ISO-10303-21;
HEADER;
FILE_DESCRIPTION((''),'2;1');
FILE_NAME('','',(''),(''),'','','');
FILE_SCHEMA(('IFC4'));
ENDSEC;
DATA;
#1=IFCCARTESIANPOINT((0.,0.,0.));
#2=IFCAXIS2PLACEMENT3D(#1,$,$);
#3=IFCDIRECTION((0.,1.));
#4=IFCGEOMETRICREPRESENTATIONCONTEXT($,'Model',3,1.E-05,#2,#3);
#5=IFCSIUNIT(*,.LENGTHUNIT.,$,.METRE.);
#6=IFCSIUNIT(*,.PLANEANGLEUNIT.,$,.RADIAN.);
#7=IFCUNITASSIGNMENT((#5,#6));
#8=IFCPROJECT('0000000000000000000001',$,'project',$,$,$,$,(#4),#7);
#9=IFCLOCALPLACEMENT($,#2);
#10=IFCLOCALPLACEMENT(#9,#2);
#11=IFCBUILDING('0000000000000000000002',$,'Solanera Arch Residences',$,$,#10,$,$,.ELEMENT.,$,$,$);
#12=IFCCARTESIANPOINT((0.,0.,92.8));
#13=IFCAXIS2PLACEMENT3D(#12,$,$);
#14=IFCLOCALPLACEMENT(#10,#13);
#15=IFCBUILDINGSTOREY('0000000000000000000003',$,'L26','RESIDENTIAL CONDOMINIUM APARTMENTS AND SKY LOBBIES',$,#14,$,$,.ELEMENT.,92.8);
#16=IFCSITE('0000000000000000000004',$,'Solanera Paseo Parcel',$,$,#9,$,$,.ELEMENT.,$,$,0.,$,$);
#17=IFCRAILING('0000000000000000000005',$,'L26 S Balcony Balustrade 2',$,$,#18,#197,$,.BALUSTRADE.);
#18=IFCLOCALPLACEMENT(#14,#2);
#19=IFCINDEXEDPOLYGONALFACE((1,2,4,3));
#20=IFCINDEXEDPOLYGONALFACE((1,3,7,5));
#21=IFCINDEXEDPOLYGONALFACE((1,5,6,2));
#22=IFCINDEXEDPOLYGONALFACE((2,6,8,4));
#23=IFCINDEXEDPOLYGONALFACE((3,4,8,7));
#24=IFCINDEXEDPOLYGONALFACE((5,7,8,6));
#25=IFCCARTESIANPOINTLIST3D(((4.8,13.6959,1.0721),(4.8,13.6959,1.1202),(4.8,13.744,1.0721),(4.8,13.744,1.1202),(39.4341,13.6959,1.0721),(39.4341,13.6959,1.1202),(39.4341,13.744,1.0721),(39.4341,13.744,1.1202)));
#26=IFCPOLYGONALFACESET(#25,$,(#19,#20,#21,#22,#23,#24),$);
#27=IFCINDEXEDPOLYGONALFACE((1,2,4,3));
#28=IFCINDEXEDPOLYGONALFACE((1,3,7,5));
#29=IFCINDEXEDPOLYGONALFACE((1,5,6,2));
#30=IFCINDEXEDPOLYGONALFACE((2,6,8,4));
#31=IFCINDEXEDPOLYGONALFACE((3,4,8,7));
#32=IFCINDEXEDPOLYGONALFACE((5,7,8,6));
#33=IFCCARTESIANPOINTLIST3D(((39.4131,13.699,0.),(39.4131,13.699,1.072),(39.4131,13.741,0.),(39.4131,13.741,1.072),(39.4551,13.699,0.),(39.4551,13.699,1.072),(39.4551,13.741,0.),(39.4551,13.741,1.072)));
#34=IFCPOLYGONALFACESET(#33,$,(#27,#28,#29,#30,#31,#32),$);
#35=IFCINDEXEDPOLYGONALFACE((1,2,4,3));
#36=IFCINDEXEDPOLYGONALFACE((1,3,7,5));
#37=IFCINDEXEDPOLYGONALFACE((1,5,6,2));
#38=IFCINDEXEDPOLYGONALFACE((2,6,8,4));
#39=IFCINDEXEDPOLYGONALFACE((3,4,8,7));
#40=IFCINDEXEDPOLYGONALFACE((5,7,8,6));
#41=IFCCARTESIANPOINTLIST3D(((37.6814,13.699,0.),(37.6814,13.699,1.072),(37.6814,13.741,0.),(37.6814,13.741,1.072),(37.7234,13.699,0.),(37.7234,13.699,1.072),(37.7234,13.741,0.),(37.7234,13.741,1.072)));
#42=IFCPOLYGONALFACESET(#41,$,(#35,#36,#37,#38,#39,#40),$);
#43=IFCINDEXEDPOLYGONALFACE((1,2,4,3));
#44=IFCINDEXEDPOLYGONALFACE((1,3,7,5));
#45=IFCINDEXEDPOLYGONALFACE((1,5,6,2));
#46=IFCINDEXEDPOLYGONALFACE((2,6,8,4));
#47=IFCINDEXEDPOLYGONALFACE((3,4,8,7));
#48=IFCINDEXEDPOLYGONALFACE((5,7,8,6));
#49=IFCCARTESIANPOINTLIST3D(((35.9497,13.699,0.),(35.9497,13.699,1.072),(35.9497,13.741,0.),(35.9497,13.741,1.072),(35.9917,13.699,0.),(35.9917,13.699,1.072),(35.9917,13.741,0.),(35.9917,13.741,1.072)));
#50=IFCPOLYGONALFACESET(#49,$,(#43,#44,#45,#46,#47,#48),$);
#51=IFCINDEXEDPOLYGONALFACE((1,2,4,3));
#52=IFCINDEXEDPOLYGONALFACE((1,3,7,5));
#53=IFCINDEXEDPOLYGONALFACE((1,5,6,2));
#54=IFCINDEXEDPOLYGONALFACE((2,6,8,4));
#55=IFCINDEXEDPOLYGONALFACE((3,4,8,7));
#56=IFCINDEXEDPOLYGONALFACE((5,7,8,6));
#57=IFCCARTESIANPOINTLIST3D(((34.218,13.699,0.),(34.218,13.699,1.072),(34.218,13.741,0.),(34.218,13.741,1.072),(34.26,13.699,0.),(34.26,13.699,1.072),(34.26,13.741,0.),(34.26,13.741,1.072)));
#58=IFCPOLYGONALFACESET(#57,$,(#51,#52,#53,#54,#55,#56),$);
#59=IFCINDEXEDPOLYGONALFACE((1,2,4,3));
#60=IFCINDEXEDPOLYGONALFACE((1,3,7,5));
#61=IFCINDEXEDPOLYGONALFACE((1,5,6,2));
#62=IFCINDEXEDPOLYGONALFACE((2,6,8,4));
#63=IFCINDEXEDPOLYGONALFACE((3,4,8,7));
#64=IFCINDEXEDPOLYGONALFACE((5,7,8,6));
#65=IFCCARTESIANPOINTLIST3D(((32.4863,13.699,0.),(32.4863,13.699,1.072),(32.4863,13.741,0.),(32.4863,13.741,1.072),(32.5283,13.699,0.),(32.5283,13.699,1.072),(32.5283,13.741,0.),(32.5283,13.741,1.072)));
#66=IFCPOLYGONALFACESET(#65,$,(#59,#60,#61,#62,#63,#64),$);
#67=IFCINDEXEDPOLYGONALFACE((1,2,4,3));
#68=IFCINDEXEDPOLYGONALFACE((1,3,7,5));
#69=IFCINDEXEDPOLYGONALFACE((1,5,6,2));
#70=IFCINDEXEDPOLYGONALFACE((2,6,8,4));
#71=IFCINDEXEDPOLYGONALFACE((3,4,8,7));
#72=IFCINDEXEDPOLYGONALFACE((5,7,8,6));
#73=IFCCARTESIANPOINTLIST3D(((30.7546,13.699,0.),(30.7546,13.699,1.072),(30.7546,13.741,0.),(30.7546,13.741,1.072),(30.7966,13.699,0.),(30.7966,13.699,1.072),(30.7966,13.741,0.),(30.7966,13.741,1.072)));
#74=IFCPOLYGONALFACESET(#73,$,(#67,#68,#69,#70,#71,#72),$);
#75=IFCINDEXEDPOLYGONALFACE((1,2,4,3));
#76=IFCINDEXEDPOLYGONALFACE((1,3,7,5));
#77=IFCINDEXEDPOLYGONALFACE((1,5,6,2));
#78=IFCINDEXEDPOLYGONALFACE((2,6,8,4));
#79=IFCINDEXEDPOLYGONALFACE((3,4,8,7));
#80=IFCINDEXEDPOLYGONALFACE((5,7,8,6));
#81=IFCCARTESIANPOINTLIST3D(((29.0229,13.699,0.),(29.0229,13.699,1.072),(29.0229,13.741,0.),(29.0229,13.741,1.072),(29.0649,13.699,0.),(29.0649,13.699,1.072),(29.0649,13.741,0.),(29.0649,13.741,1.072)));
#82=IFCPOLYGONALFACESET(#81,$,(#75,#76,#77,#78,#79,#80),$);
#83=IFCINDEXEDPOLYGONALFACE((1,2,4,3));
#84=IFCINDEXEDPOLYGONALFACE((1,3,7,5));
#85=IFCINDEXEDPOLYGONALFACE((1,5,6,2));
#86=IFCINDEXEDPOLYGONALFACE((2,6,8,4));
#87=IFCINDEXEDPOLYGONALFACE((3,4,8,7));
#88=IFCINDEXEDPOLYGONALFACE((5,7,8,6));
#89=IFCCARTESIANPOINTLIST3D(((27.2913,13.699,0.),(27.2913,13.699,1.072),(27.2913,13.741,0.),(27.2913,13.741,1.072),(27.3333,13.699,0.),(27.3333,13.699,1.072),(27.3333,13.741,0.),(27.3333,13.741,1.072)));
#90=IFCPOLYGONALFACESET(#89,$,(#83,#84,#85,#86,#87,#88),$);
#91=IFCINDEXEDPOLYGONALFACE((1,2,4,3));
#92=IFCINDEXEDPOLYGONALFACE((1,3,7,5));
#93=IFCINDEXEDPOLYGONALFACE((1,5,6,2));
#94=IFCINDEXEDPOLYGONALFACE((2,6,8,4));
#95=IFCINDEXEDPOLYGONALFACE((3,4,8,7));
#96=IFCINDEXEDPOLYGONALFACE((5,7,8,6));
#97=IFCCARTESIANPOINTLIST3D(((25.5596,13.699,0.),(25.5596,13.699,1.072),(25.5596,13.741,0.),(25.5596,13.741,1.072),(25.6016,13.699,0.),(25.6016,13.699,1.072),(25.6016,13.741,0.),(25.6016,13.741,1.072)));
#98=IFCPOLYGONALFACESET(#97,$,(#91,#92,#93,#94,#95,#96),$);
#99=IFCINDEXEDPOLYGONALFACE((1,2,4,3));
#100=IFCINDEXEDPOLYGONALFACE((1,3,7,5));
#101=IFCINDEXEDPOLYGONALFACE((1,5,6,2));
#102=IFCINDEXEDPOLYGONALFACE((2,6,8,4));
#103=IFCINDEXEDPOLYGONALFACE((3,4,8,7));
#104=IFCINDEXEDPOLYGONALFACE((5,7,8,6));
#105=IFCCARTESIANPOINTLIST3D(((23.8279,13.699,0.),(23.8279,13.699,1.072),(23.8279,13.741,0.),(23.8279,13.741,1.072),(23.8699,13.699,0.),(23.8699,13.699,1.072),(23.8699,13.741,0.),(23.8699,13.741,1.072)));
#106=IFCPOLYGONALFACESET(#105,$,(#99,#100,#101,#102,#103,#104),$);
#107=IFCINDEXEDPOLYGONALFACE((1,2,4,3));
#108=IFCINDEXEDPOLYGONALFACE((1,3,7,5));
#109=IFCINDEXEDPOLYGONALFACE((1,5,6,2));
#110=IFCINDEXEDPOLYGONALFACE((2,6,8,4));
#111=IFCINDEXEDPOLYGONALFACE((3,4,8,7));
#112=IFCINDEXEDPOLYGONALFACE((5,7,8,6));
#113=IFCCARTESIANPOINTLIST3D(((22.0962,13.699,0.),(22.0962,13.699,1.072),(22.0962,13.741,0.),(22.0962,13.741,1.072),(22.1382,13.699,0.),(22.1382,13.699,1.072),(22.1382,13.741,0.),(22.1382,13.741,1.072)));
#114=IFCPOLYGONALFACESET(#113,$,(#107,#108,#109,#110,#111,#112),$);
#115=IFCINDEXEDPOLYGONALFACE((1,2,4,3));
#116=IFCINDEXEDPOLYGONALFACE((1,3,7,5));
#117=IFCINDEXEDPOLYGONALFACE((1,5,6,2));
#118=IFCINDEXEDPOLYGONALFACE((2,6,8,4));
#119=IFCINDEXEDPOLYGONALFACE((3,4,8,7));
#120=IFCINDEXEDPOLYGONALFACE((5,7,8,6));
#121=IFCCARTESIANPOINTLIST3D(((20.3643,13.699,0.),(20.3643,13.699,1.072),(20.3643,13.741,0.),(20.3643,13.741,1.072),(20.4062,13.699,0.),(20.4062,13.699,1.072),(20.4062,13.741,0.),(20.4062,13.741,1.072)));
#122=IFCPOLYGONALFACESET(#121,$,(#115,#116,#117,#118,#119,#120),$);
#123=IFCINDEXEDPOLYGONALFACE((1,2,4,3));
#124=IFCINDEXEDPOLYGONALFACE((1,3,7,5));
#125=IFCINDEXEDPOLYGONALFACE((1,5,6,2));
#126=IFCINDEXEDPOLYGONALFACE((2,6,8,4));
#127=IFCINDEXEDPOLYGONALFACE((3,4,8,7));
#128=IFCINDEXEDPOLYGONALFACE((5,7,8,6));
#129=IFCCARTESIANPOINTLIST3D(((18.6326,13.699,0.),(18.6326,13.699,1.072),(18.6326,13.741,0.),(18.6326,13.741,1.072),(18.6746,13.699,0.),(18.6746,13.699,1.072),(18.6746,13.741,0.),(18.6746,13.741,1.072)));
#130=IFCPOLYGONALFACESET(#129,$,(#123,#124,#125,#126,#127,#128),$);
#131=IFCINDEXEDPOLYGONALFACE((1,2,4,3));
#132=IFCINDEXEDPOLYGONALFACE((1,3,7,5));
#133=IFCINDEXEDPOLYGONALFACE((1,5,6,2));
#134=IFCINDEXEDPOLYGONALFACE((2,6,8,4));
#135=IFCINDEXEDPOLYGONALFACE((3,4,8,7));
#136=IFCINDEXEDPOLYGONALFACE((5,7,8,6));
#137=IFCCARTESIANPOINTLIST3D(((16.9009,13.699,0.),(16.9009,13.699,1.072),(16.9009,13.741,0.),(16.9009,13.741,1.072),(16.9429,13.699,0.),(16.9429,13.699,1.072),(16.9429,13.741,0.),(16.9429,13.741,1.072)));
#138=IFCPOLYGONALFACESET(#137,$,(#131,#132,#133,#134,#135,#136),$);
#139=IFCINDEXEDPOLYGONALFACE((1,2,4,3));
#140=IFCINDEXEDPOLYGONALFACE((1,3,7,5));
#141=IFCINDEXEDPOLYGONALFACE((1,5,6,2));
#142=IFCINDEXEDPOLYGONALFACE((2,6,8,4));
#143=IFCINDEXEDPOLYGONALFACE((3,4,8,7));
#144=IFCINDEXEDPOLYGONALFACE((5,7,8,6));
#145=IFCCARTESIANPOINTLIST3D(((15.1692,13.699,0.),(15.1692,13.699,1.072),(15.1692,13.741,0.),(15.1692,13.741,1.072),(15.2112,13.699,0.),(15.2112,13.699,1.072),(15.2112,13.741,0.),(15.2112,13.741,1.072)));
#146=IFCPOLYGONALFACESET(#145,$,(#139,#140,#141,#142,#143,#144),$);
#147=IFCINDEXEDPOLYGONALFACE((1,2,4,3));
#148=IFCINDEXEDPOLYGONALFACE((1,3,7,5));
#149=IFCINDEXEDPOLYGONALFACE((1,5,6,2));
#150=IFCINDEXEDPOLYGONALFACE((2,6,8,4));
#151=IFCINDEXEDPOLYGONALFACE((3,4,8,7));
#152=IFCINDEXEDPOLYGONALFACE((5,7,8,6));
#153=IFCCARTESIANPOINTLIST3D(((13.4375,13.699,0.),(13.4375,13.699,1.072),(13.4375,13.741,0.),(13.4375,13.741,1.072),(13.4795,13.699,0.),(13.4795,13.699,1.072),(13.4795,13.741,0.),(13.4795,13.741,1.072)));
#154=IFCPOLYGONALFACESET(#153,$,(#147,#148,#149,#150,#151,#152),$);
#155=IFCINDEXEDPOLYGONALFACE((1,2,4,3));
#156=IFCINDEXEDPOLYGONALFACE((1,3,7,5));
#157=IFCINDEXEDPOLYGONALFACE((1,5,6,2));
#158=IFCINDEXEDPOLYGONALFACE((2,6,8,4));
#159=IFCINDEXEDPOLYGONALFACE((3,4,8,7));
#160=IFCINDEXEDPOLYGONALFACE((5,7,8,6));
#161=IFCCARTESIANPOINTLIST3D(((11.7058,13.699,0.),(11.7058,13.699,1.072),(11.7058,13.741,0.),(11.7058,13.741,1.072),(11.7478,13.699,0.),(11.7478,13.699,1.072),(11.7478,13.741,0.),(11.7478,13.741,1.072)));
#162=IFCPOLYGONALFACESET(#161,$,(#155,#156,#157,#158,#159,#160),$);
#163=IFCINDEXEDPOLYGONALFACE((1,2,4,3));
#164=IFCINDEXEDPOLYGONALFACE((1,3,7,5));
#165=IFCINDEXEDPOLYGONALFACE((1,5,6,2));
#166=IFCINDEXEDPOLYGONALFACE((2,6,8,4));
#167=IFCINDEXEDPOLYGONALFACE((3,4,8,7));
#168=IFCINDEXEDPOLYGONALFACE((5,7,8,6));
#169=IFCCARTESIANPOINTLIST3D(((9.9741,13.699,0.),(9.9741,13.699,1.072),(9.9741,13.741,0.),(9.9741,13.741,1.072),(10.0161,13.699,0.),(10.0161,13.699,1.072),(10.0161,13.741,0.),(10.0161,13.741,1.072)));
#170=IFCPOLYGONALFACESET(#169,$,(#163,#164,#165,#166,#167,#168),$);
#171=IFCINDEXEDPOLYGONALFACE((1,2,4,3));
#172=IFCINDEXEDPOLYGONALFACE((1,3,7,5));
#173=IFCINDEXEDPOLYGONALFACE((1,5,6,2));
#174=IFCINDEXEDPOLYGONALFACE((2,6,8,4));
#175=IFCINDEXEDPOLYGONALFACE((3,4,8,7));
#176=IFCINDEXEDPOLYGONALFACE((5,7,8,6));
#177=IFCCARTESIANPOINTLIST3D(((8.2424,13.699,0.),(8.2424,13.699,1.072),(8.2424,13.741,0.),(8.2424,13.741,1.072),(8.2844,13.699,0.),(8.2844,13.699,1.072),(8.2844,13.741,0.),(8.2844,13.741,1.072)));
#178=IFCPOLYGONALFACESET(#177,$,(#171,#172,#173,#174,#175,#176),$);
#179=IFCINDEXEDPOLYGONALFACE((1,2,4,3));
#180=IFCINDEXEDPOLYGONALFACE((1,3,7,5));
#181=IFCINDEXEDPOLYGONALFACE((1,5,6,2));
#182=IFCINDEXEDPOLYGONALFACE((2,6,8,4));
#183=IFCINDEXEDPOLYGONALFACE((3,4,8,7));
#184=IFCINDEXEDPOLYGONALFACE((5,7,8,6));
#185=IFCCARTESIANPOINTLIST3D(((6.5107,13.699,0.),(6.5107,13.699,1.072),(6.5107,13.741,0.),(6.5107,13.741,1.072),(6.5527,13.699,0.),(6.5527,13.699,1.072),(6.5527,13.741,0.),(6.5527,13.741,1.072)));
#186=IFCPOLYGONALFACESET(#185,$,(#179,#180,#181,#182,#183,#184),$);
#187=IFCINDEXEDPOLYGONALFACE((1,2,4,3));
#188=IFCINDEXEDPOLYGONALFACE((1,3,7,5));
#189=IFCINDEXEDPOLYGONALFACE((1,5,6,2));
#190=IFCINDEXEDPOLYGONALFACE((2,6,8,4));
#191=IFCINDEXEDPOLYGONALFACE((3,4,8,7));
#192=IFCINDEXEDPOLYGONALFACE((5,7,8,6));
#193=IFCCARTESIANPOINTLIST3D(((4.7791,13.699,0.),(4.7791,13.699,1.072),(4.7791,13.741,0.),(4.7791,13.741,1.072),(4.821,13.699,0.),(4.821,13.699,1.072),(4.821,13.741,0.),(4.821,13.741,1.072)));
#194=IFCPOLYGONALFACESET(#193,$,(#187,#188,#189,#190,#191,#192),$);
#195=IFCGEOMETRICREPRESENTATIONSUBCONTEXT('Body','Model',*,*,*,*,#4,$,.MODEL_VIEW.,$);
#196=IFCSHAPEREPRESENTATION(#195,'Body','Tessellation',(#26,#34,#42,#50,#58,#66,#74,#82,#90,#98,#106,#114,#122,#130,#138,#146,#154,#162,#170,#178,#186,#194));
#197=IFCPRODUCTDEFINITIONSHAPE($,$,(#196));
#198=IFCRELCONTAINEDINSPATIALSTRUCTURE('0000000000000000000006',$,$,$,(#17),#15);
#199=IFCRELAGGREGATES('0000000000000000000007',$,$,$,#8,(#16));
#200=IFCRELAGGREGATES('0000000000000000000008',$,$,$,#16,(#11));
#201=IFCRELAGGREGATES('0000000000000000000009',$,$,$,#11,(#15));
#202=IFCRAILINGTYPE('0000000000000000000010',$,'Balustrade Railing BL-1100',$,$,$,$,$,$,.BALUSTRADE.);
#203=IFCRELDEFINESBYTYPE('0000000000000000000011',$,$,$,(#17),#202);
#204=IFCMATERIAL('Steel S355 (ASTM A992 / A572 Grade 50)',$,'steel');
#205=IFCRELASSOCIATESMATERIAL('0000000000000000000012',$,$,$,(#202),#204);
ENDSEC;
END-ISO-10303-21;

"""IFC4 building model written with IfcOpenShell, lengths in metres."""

from ifc_helpers import new_model, si_unit, direction, frame, origin, origin_2d, place, context, subcontext, project, spatial, rectangle, extrude, material, type_object, element, save


model = new_model("IFC4")

# Units and contexts
model_context = context("Model", 3, precision=1e-05, world=origin(), true_north=direction((0.0, 1.0)))
body_context = subcontext(model_context, "Body", "Model", "MODEL_VIEW")
ifc_project = project(units=[si_unit("LENGTHUNIT", "METRE"), si_unit("PLANEANGLEUNIT", "RADIAN")], contexts=[model_context])

# Site, building, storey
site_placement = place(None, origin())
site = spatial("IfcSite", under=ifc_project, at=site_placement, Name="Solanera Paseo Parcel", CompositionType="ELEMENT", RefElevation=0.0)
building_placement = place(site_placement, origin())
building = spatial("IfcBuilding", under=site, at=building_placement, Name="Solanera Arch Residences", CompositionType="ELEMENT")
storey_placement = place(building_placement, frame((0.0, 0.0, 92.8)))
storey = spatial("IfcBuildingStorey", under=building, at=storey_placement, Name="L26", Description="RESIDENTIAL CONDOMINIUM APARTMENTS AND SKY LOBBIES", CompositionType="ELEMENT", Elevation=92.8)

# Railing
ifc_material_1 = material(Name="Steel S355 (ASTM A992 / A572 Grade 50)", Category="steel")
railing_type = type_object("IfcRailingType", Name="Balustrade Railing BL-1100", PredefinedType="BALUSTRADE", material=ifc_material_1)
railing_placement = place(storey_placement, frame((39.4341, 13.72, 0.0)))
element("IfcRailing", 1, at=railing_placement, inside=storey, type_object=railing_type, Name="L26 S Balcony Balustrade 2", PredefinedType="BALUSTRADE", context=body_context, shape_type="SweptSolid", body=[
    extrude(rectangle(XDim=0.0481, YDim=0.0481, at=origin_2d()), frame((0.0, 0.0, 1.0962), z_axis=(-1.0, 0.0, 0.0), x_axis=(0.0, -1.0, 0.0)), (0.0, 0.0, 1.0), 34.634),
    extrude(rectangle(XDim=0.042, YDim=0.042, at=origin_2d()), origin(), (0.0, 0.0, 1.0), 1.072),
    extrude(rectangle(XDim=0.042, YDim=0.042, at=origin_2d()), frame((-1.7317, 0.0, 0.0)), (0.0, 0.0, 1.0), 1.072),
    extrude(rectangle(XDim=0.042, YDim=0.042, at=origin_2d()), frame((-3.4634, 0.0, 0.0)), (0.0, 0.0, 1.0), 1.072),
    extrude(rectangle(XDim=0.042, YDim=0.042, at=origin_2d()), frame((-5.1951, 0.0, 0.0)), (0.0, 0.0, 1.0), 1.072),
    extrude(rectangle(XDim=0.042, YDim=0.042, at=origin_2d()), frame((-6.9268, 0.0, 0.0)), (0.0, 0.0, 1.0), 1.072),
    extrude(rectangle(XDim=0.042, YDim=0.042, at=origin_2d()), frame((-8.6584, 0.0, 0.0)), (0.0, 0.0, 1.0), 1.072),
    extrude(rectangle(XDim=0.042, YDim=0.042, at=origin_2d()), frame((-10.3901, 0.0, 0.0)), (0.0, 0.0, 1.0), 1.072),
    extrude(rectangle(XDim=0.042, YDim=0.042, at=origin_2d()), frame((-12.1218, 0.0, 0.0)), (0.0, 0.0, 1.0), 1.072),
    extrude(rectangle(XDim=0.042, YDim=0.042, at=origin_2d()), frame((-13.8535, 0.0, 0.0)), (0.0, 0.0, 1.0), 1.072),
    extrude(rectangle(XDim=0.042, YDim=0.042, at=origin_2d()), frame((-15.5852, 0.0, 0.0)), (0.0, 0.0, 1.0), 1.072),
    extrude(rectangle(XDim=0.042, YDim=0.042, at=origin_2d()), frame((-17.3169, 0.0, 0.0)), (0.0, 0.0, 1.0), 1.072),
    extrude(rectangle(XDim=0.042, YDim=0.042, at=origin_2d()), frame((-19.0488, 0.0, 0.0)), (0.0, 0.0, 1.0), 1.072),
    extrude(rectangle(XDim=0.042, YDim=0.042, at=origin_2d()), frame((-20.7805, 0.0, 0.0)), (0.0, 0.0, 1.0), 1.072),
    extrude(rectangle(XDim=0.042, YDim=0.042, at=origin_2d()), frame((-22.5122, 0.0, 0.0)), (0.0, 0.0, 1.0), 1.072),
    extrude(rectangle(XDim=0.042, YDim=0.042, at=origin_2d()), frame((-24.2439, 0.0, 0.0)), (0.0, 0.0, 1.0), 1.072),
    extrude(rectangle(XDim=0.042, YDim=0.042, at=origin_2d()), frame((-25.9756, 0.0, 0.0)), (0.0, 0.0, 1.0), 1.072),
    extrude(rectangle(XDim=0.042, YDim=0.042, at=origin_2d()), frame((-27.7073, 0.0, 0.0)), (0.0, 0.0, 1.0), 1.072),
    extrude(rectangle(XDim=0.042, YDim=0.042, at=origin_2d()), frame((-29.439, 0.0, 0.0)), (0.0, 0.0, 1.0), 1.072),
    extrude(rectangle(XDim=0.042, YDim=0.042, at=origin_2d()), frame((-31.1707, 0.0, 0.0)), (0.0, 0.0, 1.0), 1.072),
    extrude(rectangle(XDim=0.042, YDim=0.042, at=origin_2d()), frame((-32.9023, 0.0, 0.0)), (0.0, 0.0, 1.0), 1.072),
    extrude(rectangle(XDim=0.042, YDim=0.042, at=origin_2d()), frame((-34.634, 0.0, 0.0)), (0.0, 0.0, 1.0), 1.072),
])

save(model, "model.ifc")
